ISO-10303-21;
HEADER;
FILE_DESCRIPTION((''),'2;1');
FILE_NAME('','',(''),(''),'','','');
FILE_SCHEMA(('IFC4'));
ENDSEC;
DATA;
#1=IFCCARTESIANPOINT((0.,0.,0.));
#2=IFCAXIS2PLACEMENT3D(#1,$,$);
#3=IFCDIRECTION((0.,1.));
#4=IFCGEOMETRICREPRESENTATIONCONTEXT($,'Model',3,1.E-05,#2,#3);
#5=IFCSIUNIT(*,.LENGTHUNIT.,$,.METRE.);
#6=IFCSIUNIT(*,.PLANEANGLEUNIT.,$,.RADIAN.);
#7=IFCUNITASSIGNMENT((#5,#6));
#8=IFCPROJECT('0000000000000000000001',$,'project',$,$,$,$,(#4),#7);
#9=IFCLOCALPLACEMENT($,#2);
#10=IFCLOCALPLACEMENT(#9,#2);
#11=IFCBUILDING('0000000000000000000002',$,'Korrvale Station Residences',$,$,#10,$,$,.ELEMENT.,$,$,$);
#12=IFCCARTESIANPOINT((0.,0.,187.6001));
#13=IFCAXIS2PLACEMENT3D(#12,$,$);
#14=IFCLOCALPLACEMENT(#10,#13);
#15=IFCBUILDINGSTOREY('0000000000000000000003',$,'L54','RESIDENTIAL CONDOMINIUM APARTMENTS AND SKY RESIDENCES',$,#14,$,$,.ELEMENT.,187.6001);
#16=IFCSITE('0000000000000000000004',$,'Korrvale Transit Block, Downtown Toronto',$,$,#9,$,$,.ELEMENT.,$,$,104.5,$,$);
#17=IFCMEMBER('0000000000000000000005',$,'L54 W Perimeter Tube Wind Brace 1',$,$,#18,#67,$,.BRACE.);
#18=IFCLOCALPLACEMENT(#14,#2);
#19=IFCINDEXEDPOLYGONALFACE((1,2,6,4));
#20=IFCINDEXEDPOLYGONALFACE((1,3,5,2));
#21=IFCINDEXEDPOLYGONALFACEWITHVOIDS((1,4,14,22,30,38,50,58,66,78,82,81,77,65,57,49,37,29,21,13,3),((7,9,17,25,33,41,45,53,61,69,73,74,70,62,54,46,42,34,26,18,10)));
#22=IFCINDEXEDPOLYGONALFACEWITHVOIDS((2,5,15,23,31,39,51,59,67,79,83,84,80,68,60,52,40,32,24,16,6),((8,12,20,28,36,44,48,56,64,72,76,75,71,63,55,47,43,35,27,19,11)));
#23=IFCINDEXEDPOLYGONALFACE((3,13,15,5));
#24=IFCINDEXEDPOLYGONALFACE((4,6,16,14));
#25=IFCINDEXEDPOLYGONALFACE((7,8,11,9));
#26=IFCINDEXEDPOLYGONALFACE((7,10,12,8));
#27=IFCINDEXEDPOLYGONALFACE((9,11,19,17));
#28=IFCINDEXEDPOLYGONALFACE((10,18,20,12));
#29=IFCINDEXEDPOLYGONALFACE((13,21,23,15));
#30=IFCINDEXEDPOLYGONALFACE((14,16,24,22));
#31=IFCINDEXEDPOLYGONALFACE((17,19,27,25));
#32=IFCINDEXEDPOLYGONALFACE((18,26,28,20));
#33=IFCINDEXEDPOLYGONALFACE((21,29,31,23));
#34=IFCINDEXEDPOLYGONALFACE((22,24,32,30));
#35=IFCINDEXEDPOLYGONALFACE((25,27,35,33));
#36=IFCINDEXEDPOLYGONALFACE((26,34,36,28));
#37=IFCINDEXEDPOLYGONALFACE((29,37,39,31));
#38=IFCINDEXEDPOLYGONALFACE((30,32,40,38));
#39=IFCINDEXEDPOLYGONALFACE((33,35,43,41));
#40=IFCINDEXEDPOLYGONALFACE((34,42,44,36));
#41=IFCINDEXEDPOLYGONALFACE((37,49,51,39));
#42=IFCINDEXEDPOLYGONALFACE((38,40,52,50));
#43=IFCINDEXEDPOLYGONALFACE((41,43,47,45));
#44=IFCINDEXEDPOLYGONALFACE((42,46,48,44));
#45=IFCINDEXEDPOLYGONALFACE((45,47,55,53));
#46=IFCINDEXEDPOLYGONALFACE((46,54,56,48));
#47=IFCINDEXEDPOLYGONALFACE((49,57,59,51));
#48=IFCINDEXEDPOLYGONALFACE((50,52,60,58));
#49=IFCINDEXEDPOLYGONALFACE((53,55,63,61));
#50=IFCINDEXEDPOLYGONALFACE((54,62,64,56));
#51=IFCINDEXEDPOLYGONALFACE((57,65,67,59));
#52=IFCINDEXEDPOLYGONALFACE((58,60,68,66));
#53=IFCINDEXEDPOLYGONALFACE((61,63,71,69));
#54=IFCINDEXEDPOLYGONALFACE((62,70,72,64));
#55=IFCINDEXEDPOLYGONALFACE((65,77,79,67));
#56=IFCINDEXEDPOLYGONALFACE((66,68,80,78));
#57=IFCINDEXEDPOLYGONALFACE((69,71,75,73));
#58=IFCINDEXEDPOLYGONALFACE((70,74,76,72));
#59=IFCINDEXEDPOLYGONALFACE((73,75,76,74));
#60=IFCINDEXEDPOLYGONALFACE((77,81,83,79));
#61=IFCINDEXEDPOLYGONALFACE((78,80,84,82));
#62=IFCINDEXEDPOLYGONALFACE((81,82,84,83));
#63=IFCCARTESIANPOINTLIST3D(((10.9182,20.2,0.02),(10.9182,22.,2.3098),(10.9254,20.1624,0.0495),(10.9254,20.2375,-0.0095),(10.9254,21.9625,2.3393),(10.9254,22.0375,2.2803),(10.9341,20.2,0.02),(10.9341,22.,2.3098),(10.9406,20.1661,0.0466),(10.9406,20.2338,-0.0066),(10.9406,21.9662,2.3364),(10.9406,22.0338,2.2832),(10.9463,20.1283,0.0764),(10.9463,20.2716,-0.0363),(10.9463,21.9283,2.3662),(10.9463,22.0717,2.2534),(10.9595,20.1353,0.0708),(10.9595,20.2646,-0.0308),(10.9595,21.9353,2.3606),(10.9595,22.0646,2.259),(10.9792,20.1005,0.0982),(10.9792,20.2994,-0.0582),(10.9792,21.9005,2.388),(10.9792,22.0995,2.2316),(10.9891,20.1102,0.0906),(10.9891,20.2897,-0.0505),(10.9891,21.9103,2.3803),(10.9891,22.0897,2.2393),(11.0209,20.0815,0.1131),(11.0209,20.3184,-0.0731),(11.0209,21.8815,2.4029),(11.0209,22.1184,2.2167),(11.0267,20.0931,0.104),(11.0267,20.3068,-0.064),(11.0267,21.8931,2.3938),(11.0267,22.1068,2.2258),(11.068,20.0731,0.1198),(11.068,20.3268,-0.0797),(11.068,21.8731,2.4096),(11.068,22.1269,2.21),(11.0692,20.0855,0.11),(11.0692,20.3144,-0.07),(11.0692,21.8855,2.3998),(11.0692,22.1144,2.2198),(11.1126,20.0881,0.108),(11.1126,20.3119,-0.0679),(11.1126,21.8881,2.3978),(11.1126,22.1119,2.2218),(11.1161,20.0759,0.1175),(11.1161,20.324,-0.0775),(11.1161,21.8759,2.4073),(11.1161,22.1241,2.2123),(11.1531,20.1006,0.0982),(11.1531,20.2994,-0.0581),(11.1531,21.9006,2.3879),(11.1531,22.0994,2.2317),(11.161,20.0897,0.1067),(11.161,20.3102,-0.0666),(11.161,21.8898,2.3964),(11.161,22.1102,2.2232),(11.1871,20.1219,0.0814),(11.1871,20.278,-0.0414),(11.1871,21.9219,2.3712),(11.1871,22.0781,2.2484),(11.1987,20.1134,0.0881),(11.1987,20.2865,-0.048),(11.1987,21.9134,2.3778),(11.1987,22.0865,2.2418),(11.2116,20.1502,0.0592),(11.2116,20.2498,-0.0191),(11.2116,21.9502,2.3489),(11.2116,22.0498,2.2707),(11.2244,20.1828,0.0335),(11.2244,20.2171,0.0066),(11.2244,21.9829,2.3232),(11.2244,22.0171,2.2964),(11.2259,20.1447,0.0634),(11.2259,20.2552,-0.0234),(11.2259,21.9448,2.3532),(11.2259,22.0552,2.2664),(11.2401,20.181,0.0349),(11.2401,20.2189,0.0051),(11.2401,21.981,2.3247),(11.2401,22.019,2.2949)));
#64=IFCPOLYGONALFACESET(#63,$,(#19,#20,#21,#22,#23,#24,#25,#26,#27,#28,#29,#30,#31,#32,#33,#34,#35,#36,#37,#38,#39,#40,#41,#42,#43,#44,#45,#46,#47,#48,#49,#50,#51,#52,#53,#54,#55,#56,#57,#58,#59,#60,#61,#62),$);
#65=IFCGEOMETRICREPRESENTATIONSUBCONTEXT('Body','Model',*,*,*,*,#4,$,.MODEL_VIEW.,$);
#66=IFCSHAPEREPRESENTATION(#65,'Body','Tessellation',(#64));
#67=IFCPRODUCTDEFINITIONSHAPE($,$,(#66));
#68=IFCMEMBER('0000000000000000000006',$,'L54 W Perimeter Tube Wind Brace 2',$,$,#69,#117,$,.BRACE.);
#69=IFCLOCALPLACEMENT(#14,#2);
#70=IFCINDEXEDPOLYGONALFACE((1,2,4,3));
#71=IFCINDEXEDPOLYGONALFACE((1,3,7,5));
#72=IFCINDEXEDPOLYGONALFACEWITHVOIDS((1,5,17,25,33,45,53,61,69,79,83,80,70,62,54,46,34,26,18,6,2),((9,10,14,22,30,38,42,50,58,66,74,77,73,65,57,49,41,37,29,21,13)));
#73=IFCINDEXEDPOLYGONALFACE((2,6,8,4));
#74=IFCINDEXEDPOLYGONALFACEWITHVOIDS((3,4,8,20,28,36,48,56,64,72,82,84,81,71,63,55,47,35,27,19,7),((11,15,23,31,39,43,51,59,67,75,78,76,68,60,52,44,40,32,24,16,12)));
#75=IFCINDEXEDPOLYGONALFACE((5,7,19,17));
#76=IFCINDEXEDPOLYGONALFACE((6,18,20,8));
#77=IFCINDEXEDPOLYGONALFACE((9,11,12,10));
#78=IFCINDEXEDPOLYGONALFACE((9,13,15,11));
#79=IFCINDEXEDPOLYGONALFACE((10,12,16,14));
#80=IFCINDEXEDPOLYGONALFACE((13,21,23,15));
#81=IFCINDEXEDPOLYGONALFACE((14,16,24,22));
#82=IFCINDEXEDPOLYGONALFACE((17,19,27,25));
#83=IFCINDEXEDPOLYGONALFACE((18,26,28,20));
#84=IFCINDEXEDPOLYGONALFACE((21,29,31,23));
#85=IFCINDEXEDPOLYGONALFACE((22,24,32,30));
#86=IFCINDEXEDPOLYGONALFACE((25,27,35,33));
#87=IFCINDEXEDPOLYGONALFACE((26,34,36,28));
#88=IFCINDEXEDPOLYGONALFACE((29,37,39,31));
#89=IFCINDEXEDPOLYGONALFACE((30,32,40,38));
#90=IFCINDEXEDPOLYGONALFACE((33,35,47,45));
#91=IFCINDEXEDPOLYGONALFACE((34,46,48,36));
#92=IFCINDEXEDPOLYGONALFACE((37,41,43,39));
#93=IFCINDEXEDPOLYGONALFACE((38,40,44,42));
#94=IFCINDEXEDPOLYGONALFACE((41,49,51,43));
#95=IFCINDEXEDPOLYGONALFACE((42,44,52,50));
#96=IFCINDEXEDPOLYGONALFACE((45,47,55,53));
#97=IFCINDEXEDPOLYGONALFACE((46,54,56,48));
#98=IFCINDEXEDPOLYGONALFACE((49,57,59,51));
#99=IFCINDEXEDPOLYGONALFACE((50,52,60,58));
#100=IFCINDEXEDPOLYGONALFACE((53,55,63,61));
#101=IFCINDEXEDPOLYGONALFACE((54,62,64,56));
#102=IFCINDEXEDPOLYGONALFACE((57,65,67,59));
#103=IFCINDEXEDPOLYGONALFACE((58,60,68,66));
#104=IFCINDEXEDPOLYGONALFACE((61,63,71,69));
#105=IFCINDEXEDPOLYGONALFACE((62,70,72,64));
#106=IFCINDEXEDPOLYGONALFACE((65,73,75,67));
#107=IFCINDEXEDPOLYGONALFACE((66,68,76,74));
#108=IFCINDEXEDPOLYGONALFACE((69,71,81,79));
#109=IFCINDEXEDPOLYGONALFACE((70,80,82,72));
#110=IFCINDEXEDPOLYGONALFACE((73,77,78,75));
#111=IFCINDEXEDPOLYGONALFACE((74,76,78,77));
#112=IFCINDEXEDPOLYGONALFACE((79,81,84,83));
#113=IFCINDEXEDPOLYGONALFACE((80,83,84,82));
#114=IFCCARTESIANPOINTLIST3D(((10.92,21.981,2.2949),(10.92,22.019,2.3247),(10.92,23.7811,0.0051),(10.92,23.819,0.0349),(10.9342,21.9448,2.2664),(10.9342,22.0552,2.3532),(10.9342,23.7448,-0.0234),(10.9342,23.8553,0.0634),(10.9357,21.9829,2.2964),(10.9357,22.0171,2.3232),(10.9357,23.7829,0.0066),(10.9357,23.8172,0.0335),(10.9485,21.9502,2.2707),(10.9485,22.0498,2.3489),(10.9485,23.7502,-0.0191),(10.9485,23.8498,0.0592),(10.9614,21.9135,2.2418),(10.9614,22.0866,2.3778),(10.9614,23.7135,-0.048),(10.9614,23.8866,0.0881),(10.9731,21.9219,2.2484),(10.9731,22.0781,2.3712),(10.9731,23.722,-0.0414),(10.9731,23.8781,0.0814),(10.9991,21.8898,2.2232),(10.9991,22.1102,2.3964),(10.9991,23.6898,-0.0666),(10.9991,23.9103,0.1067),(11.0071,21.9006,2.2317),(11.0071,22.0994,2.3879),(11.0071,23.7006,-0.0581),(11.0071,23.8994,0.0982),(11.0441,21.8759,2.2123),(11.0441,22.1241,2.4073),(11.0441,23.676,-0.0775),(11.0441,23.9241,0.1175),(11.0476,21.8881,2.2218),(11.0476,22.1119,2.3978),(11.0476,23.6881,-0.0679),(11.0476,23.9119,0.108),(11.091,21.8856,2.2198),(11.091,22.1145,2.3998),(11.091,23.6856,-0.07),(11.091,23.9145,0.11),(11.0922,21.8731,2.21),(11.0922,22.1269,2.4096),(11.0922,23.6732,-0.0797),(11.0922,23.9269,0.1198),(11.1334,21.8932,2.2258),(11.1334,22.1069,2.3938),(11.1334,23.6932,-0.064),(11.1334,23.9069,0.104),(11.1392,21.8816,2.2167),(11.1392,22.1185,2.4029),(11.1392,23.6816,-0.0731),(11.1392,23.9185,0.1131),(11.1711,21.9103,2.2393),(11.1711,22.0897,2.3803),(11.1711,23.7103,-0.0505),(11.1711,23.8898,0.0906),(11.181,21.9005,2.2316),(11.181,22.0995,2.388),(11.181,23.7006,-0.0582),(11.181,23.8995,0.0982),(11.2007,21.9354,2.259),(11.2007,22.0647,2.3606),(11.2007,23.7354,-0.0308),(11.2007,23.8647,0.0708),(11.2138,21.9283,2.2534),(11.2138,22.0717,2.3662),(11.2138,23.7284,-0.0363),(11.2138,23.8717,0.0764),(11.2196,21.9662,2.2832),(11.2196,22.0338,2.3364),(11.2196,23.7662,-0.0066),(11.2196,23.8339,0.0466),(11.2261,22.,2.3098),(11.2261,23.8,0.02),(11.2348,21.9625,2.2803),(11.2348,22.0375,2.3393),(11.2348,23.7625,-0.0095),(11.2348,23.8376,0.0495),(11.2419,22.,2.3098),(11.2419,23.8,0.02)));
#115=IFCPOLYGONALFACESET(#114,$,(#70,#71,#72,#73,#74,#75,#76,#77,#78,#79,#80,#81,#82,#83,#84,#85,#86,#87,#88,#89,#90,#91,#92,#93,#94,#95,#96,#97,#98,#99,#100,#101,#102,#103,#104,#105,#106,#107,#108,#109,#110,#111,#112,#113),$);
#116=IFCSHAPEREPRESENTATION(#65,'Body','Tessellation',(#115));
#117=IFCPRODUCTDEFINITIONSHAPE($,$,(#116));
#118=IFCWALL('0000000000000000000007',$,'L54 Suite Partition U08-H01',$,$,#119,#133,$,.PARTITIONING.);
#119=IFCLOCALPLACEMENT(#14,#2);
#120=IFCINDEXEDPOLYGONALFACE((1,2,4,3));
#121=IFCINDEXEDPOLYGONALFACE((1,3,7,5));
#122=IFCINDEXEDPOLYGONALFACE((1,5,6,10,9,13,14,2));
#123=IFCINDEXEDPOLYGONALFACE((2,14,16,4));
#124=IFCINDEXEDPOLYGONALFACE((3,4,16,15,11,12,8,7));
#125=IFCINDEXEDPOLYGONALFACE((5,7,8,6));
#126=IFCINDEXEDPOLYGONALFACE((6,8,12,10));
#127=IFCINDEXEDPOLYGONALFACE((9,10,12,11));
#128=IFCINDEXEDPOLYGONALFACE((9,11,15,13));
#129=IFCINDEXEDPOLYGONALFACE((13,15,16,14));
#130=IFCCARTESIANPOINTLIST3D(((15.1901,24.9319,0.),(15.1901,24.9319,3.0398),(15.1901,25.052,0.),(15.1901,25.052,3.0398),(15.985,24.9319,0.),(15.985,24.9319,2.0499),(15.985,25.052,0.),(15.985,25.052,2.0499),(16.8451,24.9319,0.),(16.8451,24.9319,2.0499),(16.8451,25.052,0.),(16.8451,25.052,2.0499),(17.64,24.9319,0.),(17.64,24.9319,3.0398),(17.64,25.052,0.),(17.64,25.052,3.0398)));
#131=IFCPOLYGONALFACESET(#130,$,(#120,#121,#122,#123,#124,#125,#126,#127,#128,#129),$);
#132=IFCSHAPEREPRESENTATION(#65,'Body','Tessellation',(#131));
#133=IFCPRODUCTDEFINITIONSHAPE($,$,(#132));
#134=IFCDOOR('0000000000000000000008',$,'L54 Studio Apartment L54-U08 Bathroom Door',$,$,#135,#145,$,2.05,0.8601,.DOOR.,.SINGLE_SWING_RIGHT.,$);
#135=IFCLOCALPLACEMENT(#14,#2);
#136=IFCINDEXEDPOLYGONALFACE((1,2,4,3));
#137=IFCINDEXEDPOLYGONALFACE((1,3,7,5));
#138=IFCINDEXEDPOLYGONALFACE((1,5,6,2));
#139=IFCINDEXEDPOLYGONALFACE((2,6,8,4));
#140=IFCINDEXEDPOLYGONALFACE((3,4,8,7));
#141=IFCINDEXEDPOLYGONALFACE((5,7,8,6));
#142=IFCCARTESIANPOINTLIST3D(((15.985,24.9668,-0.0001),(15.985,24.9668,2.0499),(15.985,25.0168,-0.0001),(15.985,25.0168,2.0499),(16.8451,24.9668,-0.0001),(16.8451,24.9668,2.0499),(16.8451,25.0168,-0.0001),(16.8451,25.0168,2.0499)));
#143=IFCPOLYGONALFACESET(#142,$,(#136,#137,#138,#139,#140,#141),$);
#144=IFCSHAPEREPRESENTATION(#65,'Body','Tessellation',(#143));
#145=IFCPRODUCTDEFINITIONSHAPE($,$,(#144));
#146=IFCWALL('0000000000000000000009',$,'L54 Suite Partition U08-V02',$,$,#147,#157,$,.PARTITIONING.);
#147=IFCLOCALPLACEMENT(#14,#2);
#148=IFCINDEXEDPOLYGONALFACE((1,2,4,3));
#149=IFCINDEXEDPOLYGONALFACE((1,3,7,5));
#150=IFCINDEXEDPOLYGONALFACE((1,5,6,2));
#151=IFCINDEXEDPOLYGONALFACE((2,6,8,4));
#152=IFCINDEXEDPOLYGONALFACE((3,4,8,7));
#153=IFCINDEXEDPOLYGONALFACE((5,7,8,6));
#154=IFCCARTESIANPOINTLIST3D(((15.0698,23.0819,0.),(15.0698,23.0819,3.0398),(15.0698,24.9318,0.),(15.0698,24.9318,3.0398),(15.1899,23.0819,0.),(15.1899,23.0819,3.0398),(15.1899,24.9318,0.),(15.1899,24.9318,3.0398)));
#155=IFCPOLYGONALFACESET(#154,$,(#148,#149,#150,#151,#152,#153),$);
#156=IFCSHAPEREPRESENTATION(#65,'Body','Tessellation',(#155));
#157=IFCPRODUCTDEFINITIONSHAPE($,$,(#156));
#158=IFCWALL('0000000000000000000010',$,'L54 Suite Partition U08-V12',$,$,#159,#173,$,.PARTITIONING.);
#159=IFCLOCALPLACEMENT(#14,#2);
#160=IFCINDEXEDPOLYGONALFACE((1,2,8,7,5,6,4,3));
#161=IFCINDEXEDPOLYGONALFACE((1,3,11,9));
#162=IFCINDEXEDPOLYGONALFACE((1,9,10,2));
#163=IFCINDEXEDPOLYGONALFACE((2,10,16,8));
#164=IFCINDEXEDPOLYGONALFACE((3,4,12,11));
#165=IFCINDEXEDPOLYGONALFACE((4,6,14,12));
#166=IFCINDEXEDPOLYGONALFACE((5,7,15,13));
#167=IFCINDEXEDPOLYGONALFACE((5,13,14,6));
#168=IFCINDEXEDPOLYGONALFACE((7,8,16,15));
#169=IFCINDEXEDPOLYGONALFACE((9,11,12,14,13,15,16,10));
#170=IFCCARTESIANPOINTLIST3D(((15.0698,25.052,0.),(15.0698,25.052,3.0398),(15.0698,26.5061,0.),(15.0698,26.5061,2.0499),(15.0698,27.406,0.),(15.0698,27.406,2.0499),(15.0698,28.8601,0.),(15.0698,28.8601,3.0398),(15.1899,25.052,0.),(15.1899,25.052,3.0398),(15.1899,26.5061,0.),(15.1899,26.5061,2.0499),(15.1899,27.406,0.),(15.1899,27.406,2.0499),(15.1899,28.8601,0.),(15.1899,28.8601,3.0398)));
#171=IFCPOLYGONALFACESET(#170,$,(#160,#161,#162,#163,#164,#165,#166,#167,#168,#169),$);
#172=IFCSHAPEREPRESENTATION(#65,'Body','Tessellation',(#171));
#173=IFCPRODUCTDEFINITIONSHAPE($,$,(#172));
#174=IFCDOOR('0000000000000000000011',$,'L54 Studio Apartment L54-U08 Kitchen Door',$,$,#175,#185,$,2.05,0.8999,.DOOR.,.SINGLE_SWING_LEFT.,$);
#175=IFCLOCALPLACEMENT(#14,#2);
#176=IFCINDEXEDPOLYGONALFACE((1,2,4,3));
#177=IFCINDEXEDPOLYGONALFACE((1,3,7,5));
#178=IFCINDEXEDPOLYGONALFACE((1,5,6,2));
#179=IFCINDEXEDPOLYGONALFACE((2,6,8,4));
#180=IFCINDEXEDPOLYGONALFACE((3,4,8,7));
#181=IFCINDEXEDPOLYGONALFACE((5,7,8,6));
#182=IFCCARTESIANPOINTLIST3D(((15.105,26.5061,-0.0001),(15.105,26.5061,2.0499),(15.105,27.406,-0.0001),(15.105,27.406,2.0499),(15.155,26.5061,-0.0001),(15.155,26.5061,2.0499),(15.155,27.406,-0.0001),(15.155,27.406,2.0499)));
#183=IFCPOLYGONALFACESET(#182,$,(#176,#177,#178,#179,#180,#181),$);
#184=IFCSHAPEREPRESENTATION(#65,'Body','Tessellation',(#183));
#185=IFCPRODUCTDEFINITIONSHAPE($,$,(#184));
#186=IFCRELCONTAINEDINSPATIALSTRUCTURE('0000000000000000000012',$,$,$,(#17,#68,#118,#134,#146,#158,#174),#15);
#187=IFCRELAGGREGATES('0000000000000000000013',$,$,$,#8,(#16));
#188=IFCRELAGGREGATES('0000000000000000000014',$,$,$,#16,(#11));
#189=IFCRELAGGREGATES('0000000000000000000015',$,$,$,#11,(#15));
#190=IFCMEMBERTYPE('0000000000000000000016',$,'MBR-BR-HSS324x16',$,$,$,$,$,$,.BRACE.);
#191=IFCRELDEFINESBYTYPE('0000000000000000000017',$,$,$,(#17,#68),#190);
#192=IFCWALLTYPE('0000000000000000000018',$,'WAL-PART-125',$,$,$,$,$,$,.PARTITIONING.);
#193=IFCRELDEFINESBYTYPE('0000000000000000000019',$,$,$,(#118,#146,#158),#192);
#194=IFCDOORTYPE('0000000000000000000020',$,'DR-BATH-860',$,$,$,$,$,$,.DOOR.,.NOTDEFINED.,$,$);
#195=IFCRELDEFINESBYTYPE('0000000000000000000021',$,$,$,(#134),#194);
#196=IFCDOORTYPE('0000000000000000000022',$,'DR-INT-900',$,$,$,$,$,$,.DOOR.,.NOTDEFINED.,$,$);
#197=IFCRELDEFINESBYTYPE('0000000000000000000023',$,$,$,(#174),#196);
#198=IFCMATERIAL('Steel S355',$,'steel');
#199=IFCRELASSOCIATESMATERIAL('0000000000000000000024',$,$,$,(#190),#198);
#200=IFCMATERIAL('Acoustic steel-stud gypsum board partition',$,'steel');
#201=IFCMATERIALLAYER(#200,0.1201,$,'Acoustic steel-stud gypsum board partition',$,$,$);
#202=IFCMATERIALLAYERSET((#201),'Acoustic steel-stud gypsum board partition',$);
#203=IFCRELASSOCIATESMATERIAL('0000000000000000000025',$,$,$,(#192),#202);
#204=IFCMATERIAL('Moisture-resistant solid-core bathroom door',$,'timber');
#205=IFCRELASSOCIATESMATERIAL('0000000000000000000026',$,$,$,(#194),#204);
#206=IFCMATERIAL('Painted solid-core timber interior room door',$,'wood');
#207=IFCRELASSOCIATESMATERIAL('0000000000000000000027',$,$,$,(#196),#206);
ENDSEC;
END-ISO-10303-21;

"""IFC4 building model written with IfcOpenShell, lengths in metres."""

from ifc_helpers import new_model, si_unit, direction, frame, frame_2d, origin, origin_2d, place, context, subcontext, project, spatial, rectangle, hollow_circle, extrude, material, layer, layer_set, material_profile, profile_set, type_object, element, fill, save


model = new_model("IFC4")

# Units and contexts
model_context = context("Model", 3, precision=1e-05, world=origin(), true_north=direction((0.0, 1.0)))
body_context = subcontext(model_context, "Body", "Model", "MODEL_VIEW")
ifc_project = project(units=[si_unit("LENGTHUNIT", "METRE"), si_unit("PLANEANGLEUNIT", "RADIAN")], contexts=[model_context])

# Site, building, storey
site_placement = place(None, origin())
site = spatial("IfcSite", under=ifc_project, at=site_placement, Name="Korrvale Transit Block, Downtown Toronto", CompositionType="ELEMENT", RefElevation=104.5)
building_placement = place(site_placement, origin())
building = spatial("IfcBuilding", under=site, at=building_placement, Name="Korrvale Station Residences", CompositionType="ELEMENT")
storey_placement = place(building_placement, frame((0.0, 0.0, 187.6001)))
storey = spatial("IfcBuildingStorey", under=building, at=storey_placement, Name="L54", Description="RESIDENTIAL CONDOMINIUM APARTMENTS AND SKY RESIDENCES", CompositionType="ELEMENT", Elevation=187.6001)

# Shared definitions
ifc_material_1 = material(Name="Steel S355", Category="steel")

# Members
ifc_material_profile_1 = material_profile(ifc_material_1, hollow_circle(Radius=0.1619, WallThickness=0.0159, at=origin_2d()), Name="HSS324x16")
ifc_profile_set_1 = profile_set([ifc_material_profile_1], Name="Steel S355")
member_type = type_object("IfcMemberType", Name="MBR-BR-HSS324x16", PredefinedType="BRACE", material=ifc_profile_set_1)
for number, where, z_axis, x_axis, name in (
    (1, (11.0801, 20.2, 0.02), (0.0, 0.618018, 0.786164), (-1.0, 0.0, 0.0), "L54 W Perimeter Tube Wind Brace 1"),
    (2, (11.0801, 23.8, 0.02), (0.0, -0.618018, 0.786164), (1.0, 0.0, 0.0), "L54 W Perimeter Tube Wind Brace 2"),
):
    element("IfcMember", number, at=place(storey_placement, frame(where, z_axis=z_axis, x_axis=x_axis)), inside=storey, type_object=member_type, Name=name, PredefinedType="BRACE", context=body_context, shape_type="SweptSolid", body=[
        extrude(hollow_circle(Radius=0.1619, WallThickness=0.0159, at=origin_2d()), origin(), (0.0, 0.0, 1.0), 2.9126),
    ])

# Wall, opening, door
ifc_material_2 = material(Name="Acoustic steel-stud gypsum board partition", Category="steel")
ifc_layer_1 = layer(ifc_material_2, 0.1201, Name="Acoustic steel-stud gypsum board partition")
ifc_layer_set_1 = layer_set([ifc_layer_1], Name="Acoustic steel-stud gypsum board partition")
wall_type_1 = type_object("IfcWallType", Name="WAL-PART-125", PredefinedType="PARTITIONING", material=ifc_layer_set_1)
wall_1_placement = place(storey_placement, frame((15.1899, 24.9919, 0.0), z_axis=(0.0, 0.0, 1.0), x_axis=(1.0, 0.0, 0.0)))
wall_1 = element("IfcWall", 3, at=wall_1_placement, inside=storey, type_object=wall_type_1, Name="L54 Suite Partition U08-H01", PredefinedType="PARTITIONING", context=body_context, shape_type="SweptSolid", body=[
    extrude(rectangle(XDim=2.45, YDim=0.1201, at=frame_2d((1.2251, 0.0))), origin(), (0.0, 0.0, 1.0), 3.0398),
])
opening_1_placement = place(wall_1_placement, frame((0.7949, 0.0, 0.0)))
opening_1 = element("IfcOpeningElement", 4, at=opening_1_placement, cuts=wall_1, PredefinedType="OPENING", context=body_context, shape_type="SweptSolid", body=[
    extrude(rectangle(XDim=0.8601, YDim=2.05, at=frame_2d((0.4302, 1.0249))), frame((0.0, 0.0701, 0.0), z_axis=(0.0, -1.0, 0.0), x_axis=(1.0, 0.0, 0.0)), (0.0, 0.0, 1.0), 0.1401),
])
ifc_material_3 = material(Name="Moisture-resistant solid-core bathroom door", Category="timber")
door_type_1 = type_object("IfcDoorType", Name="DR-BATH-860", OperationType="NOTDEFINED", PredefinedType="DOOR", material=ifc_material_3)
door_1_placement = place(opening_1_placement, origin())
door_1 = element("IfcDoor", 5, at=door_1_placement, inside=storey, type_object=door_type_1, Name="L54 Studio Apartment L54-U08 Bathroom Door", OperationType="SINGLE_SWING_RIGHT", OverallHeight=2.05, OverallWidth=0.8601, PredefinedType="DOOR", context=body_context, shape_type="SweptSolid", body=[
    extrude(rectangle(XDim=0.8601, YDim=2.05, at=frame_2d((0.4302, 1.0249))), frame((0.0, 0.0249, 0.0), z_axis=(0.0, -1.0, 0.0), x_axis=(1.0, 0.0, 0.0)), (0.0, 0.0, 1.0), 0.05),
])
fill(opening_1, door_1)

# Wall
wall_2_placement = place(storey_placement, frame((15.1299, 23.082, 0.0), z_axis=(0.0, 0.0, 1.0), x_axis=(0.0, 1.0, 0.0)))
element("IfcWall", 6, at=wall_2_placement, inside=storey, type_object=wall_type_1, Name="L54 Suite Partition U08-V02", PredefinedType="PARTITIONING", context=body_context, shape_type="SweptSolid", body=[
    extrude(rectangle(XDim=1.8499, YDim=0.1201, at=frame_2d((0.9248, 0.0))), origin(), (0.0, 0.0, 1.0), 3.0398),
])

# Wall, opening, door
wall_3_placement = place(storey_placement, frame((15.1299, 25.052, 0.0), z_axis=(0.0, 0.0, 1.0), x_axis=(0.0, 1.0, 0.0)))
wall_3 = element("IfcWall", 7, at=wall_3_placement, inside=storey, type_object=wall_type_1, Name="L54 Suite Partition U08-V12", PredefinedType="PARTITIONING", context=body_context, shape_type="SweptSolid", body=[
    extrude(rectangle(XDim=3.8081, YDim=0.1201, at=frame_2d((1.9041, 0.0))), origin(), (0.0, 0.0, 1.0), 3.0398),
])
opening_2_placement = place(wall_3_placement, frame((1.4541, 0.0, 0.0)))
opening_2 = element("IfcOpeningElement", 8, at=opening_2_placement, cuts=wall_3, PredefinedType="OPENING", context=body_context, shape_type="SweptSolid", body=[
    extrude(rectangle(XDim=0.8999, YDim=2.05, at=frame_2d((0.45, 1.0249))), frame((0.0, 0.0701, 0.0), z_axis=(0.0, -1.0, 0.0), x_axis=(1.0, 0.0, 0.0)), (0.0, 0.0, 1.0), 0.1401),
])
ifc_material_4 = material(Name="Painted solid-core timber interior room door", Category="wood")
door_type_2 = type_object("IfcDoorType", Name="DR-INT-900", OperationType="NOTDEFINED", PredefinedType="DOOR", material=ifc_material_4)
door_2_placement = place(opening_2_placement, origin())
door_2 = element("IfcDoor", 9, at=door_2_placement, inside=storey, type_object=door_type_2, Name="L54 Studio Apartment L54-U08 Kitchen Door", OperationType="SINGLE_SWING_LEFT", OverallHeight=2.05, OverallWidth=0.8999, PredefinedType="DOOR", context=body_context, shape_type="SweptSolid", body=[
    extrude(rectangle(XDim=0.8999, YDim=2.05, at=frame_2d((0.45, 1.0249))), frame((0.0, 0.0249, 0.0), z_axis=(0.0, -1.0, 0.0), x_axis=(1.0, 0.0, 0.0)), (0.0, 0.0, 1.0), 0.05),
])
fill(opening_2, door_2)

save(model, "model.ifc")
